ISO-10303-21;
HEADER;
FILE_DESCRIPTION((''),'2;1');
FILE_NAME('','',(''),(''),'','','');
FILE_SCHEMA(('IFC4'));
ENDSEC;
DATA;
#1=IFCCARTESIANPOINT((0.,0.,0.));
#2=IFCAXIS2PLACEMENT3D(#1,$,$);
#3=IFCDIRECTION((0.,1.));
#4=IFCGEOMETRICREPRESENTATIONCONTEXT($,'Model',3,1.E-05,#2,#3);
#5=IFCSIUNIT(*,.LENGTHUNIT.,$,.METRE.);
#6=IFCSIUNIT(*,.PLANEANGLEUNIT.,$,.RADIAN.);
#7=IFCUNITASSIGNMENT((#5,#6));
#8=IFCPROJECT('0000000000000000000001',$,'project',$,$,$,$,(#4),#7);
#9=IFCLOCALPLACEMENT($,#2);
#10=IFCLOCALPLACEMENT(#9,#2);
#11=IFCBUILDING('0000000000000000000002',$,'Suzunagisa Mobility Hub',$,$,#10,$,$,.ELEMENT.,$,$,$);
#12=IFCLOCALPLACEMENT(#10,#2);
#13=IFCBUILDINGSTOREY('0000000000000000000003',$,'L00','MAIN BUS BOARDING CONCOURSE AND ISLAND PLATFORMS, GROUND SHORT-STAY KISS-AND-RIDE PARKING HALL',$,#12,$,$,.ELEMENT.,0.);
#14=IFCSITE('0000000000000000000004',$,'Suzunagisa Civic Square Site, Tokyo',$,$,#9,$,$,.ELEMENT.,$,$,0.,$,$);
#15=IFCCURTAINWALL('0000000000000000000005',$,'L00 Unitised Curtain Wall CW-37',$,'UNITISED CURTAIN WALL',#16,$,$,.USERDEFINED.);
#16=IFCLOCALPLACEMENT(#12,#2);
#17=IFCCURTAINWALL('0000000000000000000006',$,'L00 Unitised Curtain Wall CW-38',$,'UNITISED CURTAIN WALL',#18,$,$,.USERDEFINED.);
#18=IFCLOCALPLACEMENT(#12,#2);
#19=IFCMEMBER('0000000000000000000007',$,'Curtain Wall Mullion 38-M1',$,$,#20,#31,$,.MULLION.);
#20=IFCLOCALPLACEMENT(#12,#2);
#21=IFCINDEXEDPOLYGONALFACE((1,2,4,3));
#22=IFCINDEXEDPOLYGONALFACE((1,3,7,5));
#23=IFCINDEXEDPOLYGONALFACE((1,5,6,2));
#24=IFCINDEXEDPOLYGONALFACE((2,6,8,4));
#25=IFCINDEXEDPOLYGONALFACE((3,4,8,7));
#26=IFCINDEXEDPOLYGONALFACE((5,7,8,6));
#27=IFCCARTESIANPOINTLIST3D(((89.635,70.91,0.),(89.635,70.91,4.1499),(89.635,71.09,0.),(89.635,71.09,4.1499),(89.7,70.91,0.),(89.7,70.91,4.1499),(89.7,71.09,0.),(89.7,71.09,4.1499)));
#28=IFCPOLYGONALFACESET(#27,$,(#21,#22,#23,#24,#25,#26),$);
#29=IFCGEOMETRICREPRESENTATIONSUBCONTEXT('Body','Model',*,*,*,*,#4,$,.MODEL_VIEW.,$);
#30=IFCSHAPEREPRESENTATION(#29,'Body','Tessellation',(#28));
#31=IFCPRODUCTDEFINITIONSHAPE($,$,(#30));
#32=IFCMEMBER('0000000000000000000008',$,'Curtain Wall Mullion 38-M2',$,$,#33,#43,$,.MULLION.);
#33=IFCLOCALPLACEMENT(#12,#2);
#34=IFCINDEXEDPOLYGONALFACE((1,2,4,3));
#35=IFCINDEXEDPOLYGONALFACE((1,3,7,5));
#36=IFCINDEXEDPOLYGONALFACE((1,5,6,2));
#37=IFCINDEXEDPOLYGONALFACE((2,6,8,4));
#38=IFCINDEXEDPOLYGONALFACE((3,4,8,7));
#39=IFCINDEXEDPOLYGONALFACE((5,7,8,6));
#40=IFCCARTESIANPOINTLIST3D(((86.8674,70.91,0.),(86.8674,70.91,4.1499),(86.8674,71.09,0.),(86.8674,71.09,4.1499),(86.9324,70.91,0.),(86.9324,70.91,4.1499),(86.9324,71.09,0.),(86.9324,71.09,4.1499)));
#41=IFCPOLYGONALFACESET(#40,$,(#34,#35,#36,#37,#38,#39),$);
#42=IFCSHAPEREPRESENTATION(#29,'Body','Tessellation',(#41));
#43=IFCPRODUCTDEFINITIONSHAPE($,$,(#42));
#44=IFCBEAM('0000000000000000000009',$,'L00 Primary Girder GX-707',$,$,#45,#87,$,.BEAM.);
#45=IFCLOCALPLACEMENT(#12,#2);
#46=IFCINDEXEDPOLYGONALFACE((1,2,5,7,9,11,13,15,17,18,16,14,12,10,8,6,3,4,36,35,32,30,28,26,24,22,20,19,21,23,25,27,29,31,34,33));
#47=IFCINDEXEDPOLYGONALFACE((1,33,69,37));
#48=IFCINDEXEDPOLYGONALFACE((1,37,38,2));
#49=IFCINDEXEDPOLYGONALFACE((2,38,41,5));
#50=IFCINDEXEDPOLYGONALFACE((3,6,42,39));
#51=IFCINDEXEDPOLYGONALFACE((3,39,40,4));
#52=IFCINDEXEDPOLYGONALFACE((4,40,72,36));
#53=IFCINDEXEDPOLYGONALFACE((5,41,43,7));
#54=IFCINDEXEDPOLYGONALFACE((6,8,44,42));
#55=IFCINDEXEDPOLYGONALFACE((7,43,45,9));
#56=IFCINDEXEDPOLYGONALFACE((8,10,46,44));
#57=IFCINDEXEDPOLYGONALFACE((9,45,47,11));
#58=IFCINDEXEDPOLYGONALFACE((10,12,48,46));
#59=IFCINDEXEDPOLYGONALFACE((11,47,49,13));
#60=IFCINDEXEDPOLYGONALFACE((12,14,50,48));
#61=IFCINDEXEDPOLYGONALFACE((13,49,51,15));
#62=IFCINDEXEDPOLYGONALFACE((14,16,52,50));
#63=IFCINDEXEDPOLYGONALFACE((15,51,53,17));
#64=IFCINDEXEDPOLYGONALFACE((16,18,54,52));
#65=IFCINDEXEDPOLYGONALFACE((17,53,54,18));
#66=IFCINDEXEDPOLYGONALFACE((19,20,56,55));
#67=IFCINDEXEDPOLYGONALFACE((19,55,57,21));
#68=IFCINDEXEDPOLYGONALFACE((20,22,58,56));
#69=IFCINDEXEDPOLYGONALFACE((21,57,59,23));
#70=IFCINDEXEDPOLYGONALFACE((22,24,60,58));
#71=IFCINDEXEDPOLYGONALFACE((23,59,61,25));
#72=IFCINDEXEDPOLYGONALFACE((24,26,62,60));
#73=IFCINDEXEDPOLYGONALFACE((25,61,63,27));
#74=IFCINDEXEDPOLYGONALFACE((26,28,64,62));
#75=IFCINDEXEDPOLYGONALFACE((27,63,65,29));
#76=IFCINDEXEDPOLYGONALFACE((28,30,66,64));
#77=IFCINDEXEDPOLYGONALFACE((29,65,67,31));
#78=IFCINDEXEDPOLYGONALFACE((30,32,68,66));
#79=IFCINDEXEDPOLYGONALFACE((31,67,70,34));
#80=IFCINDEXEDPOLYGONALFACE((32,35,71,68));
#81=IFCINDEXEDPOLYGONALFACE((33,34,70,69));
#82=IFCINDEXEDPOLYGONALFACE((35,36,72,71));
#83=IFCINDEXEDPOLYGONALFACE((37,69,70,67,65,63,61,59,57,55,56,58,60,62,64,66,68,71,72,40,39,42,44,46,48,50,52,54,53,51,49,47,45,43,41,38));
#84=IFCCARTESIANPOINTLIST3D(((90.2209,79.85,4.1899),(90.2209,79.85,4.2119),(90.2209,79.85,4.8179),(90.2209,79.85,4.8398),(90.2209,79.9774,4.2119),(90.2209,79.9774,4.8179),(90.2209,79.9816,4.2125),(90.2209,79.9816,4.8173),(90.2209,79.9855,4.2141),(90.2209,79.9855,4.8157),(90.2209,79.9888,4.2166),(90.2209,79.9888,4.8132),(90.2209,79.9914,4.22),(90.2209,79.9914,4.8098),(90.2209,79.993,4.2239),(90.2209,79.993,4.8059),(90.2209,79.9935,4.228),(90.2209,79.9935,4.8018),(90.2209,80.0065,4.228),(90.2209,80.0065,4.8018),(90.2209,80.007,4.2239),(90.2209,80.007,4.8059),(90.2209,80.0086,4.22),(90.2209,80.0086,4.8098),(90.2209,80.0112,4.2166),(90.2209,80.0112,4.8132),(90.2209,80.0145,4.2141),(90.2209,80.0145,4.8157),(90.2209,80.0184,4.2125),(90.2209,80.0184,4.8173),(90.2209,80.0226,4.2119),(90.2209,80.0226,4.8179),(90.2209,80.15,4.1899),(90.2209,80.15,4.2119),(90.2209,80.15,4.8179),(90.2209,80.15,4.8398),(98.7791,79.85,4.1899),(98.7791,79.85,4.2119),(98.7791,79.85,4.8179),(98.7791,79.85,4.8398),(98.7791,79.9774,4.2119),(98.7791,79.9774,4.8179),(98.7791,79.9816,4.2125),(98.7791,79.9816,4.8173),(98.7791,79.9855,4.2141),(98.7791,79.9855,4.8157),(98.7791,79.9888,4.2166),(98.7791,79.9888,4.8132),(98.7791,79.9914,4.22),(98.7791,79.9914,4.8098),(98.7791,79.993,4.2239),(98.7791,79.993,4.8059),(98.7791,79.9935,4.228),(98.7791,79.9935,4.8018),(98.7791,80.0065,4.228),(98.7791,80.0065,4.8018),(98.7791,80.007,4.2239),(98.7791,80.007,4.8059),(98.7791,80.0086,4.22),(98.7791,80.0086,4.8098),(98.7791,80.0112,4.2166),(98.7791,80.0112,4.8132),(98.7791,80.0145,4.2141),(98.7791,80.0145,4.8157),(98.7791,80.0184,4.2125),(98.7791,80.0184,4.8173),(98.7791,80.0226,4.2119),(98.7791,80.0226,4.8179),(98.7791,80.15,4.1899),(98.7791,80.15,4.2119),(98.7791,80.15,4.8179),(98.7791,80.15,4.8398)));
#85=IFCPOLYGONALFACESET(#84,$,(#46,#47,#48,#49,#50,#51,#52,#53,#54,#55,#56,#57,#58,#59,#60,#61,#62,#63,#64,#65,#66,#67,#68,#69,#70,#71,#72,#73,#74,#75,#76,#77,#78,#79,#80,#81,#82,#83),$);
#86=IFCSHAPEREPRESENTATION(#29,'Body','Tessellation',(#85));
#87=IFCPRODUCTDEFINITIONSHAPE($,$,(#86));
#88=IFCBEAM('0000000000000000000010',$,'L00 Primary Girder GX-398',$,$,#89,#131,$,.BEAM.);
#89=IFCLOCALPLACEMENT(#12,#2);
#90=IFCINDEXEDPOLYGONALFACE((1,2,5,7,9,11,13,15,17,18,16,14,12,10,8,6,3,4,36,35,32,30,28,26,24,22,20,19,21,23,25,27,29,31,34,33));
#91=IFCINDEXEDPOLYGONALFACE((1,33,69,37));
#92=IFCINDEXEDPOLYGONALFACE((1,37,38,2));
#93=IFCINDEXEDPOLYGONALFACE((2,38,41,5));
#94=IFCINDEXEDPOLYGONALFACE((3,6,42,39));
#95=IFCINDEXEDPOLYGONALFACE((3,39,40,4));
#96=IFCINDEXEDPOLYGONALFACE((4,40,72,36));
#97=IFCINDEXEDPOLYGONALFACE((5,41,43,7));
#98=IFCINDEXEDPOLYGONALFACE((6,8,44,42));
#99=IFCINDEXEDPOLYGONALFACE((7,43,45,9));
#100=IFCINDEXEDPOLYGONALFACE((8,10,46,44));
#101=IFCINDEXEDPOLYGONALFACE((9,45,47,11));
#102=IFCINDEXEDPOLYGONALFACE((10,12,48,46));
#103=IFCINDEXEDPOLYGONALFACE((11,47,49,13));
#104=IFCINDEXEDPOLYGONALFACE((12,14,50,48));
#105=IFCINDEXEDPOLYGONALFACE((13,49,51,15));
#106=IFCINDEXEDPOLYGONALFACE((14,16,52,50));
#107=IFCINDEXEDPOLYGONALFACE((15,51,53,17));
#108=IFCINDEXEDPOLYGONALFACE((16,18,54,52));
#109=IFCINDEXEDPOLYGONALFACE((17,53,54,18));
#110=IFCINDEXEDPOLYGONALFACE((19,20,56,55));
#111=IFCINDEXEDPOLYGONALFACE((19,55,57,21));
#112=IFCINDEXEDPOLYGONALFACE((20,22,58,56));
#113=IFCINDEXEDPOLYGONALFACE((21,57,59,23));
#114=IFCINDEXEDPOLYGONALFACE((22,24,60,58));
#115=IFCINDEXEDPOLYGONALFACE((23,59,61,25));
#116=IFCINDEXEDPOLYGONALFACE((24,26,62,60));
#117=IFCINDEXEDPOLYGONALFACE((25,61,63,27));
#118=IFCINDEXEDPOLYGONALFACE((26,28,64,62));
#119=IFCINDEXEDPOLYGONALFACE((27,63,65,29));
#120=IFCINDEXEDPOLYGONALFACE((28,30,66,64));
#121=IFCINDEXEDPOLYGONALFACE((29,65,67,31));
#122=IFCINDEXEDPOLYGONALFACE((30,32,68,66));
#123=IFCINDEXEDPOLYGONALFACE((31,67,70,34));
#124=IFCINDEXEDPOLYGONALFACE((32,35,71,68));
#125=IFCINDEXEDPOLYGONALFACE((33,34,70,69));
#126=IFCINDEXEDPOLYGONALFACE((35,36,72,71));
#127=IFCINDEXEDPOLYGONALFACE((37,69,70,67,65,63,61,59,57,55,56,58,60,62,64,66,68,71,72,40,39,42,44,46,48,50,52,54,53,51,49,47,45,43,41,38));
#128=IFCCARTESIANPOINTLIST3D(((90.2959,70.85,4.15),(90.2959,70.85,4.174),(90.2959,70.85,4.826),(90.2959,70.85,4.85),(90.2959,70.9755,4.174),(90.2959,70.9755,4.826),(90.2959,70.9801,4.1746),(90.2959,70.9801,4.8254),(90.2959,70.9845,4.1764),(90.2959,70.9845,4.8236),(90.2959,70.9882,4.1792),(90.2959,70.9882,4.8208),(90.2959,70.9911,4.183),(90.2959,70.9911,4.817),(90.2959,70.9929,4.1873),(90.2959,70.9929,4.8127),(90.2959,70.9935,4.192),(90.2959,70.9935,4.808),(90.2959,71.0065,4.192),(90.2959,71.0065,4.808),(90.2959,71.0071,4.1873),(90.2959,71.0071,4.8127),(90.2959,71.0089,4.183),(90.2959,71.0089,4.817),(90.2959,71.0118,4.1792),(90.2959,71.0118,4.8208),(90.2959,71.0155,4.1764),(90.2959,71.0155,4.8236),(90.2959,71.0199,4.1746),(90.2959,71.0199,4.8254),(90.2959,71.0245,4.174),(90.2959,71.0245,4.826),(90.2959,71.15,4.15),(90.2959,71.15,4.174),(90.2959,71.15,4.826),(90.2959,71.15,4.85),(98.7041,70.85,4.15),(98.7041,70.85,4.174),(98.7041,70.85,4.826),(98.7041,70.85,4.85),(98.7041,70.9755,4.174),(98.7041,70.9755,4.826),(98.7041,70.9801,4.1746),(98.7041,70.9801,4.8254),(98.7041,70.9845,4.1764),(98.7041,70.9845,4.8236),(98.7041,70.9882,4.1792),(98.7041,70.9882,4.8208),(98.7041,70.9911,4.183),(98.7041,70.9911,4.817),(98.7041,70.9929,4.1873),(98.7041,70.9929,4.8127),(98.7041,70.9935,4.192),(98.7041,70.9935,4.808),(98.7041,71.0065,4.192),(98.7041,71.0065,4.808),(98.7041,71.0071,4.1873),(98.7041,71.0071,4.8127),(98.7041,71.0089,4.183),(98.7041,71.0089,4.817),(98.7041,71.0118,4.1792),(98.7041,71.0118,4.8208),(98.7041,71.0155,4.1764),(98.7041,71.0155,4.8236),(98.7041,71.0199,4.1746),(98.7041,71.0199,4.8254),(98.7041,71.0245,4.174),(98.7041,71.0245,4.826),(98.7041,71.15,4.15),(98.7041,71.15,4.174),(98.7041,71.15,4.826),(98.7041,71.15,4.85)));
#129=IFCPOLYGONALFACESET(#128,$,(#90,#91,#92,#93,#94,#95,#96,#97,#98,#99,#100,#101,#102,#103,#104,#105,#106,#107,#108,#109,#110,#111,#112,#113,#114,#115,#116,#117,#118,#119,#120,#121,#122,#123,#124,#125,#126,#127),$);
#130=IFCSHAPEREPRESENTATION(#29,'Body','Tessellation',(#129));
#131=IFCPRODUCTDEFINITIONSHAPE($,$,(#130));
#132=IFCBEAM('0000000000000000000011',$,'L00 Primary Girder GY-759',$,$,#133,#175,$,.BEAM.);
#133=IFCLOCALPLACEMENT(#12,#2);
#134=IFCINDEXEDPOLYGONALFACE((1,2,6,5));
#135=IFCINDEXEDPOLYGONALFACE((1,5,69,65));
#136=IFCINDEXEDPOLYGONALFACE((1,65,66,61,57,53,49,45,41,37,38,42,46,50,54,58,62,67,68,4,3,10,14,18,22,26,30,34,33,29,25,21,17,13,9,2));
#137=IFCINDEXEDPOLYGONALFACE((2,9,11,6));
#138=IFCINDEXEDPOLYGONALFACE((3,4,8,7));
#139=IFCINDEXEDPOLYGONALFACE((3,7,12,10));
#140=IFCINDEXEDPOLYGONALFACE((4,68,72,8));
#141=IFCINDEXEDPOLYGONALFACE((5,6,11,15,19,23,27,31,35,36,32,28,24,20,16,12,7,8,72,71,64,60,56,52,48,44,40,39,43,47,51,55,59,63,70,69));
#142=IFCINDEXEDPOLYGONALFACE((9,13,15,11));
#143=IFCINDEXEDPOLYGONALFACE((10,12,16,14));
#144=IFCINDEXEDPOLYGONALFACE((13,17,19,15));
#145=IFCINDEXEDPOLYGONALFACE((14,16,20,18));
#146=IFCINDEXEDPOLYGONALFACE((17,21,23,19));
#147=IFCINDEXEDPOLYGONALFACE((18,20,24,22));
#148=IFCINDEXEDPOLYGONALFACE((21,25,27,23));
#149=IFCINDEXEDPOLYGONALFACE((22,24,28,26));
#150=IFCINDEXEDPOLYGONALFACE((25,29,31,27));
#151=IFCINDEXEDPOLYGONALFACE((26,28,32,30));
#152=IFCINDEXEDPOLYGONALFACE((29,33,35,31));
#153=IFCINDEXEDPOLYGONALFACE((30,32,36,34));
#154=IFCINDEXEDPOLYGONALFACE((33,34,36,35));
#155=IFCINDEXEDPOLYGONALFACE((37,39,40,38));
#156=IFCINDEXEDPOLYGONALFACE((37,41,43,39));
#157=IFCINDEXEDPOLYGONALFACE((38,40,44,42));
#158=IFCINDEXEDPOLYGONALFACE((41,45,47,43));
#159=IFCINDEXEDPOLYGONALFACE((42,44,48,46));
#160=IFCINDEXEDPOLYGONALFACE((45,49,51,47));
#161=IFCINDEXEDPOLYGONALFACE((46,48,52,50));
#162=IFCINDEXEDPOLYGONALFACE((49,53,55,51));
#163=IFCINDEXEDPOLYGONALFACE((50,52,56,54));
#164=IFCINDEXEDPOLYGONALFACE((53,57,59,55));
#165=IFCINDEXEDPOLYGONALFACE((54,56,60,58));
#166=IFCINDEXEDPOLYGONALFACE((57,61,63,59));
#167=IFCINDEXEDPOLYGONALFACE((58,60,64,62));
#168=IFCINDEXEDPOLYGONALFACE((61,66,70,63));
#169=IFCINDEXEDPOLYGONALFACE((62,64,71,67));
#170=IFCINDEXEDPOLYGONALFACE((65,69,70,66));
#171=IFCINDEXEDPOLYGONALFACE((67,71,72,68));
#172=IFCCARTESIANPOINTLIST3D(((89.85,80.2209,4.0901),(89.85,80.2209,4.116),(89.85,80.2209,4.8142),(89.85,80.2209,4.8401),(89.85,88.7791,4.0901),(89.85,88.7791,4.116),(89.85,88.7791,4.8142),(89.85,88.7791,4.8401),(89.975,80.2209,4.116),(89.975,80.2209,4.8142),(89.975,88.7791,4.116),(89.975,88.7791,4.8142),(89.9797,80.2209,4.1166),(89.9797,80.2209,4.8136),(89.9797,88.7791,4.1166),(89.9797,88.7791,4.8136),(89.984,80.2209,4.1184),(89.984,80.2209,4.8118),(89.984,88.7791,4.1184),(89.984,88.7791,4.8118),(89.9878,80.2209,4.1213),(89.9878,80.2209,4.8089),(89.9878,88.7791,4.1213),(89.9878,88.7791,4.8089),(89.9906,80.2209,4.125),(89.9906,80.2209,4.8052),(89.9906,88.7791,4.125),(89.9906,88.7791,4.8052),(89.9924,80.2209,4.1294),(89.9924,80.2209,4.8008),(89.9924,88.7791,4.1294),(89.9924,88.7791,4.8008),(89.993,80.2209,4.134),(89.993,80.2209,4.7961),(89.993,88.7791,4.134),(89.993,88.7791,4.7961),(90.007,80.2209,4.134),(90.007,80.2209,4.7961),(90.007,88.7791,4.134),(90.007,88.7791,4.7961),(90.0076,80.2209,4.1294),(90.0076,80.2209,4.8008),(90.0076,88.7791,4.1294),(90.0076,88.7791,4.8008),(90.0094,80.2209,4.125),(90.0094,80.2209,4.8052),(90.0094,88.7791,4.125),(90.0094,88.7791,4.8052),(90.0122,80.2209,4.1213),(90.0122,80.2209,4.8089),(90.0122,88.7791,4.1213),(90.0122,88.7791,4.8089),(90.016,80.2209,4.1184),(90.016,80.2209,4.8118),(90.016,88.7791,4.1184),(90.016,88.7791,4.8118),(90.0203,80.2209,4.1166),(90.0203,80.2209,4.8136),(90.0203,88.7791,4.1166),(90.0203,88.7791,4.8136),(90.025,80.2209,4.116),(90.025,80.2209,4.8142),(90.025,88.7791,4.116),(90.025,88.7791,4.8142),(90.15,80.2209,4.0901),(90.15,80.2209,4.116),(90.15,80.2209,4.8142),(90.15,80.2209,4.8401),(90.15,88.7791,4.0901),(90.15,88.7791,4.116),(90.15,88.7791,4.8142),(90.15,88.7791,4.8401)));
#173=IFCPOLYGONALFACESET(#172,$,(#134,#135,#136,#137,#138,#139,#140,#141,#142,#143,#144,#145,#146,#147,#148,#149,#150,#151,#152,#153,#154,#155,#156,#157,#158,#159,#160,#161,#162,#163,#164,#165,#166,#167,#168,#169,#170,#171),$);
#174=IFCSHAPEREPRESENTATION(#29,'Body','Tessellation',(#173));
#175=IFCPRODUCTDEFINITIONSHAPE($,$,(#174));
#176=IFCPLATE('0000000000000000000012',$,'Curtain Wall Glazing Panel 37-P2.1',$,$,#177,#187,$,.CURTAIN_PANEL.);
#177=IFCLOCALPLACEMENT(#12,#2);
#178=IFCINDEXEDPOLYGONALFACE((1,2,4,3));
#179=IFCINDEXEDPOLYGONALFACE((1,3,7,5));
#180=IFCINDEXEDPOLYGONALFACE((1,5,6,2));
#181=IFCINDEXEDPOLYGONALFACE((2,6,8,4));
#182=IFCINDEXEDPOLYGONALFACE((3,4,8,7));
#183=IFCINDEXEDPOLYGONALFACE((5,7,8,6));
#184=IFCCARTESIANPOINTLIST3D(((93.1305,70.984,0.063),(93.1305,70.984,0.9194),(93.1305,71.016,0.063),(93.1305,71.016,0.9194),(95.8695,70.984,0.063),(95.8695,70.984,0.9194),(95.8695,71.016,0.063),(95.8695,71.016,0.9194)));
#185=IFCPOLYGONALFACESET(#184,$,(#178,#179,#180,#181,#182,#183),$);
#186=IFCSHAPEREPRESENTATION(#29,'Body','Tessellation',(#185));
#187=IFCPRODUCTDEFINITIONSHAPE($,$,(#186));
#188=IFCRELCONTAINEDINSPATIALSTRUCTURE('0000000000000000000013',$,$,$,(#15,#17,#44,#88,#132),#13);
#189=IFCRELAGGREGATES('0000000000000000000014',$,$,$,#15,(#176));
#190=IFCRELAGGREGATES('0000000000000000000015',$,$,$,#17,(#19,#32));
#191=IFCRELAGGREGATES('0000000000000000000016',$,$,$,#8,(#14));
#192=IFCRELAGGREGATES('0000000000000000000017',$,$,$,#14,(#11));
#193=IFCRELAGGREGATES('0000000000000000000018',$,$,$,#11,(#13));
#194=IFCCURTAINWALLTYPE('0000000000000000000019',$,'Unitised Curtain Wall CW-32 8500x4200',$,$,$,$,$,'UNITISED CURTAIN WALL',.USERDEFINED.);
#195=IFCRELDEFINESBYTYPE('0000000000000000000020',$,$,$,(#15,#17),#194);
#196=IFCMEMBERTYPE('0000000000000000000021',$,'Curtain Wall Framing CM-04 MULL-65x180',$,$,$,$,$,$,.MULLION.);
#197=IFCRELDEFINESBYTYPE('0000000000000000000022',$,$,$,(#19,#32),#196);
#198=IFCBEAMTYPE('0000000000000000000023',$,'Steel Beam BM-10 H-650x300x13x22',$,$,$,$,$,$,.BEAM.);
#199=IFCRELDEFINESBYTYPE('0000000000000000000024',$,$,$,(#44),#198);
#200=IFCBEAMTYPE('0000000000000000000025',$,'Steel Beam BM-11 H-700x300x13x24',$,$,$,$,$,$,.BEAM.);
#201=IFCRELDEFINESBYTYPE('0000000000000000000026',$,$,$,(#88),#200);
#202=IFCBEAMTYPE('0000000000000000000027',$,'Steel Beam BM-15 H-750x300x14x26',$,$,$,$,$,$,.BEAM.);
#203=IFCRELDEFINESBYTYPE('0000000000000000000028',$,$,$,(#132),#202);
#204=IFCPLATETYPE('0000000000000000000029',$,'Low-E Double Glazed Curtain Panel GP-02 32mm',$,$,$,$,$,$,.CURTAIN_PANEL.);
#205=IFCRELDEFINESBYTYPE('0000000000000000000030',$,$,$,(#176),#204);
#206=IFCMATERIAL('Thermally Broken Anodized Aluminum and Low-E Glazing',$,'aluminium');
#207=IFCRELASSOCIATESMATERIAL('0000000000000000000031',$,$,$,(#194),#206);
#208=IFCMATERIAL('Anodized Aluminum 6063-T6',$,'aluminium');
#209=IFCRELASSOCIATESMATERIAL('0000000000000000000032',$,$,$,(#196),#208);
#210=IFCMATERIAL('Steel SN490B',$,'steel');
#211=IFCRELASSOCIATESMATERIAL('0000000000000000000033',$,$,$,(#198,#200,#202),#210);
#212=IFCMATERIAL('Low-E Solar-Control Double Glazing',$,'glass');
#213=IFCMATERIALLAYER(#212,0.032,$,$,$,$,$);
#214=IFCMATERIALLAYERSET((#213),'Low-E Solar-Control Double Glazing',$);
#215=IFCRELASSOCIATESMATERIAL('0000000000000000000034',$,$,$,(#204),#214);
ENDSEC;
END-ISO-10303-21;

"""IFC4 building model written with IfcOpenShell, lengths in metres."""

from ifc_helpers import new_model, si_unit, direction, frame, origin, origin_2d, place, context, subcontext, project, spatial, rectangle, i_section, extrude, material, layer, layer_set, material_profile, profile_set, type_object, element, aggregate, save


model = new_model("IFC4")

# Units and contexts
model_context = context("Model", 3, precision=1e-05, world=origin(), true_north=direction((0.0, 1.0)))
body_context = subcontext(model_context, "Body", "Model", "MODEL_VIEW")
ifc_project = project(units=[si_unit("LENGTHUNIT", "METRE"), si_unit("PLANEANGLEUNIT", "RADIAN")], contexts=[model_context])

# Site, building, storey
site_placement = place(None, origin())
site = spatial("IfcSite", under=ifc_project, at=site_placement, Name="Suzunagisa Civic Square Site, Tokyo", CompositionType="ELEMENT", RefElevation=0.0)
building_placement = place(site_placement, origin())
building = spatial("IfcBuilding", under=site, at=building_placement, Name="Suzunagisa Mobility Hub", CompositionType="ELEMENT")
storey_placement = place(building_placement, origin())
storey = spatial("IfcBuildingStorey", under=building, at=storey_placement, Name="L00", Description="MAIN BUS BOARDING CONCOURSE AND ISLAND PLATFORMS, GROUND SHORT-STAY KISS-AND-RIDE PARKING HALL", CompositionType="ELEMENT", Elevation=0.0)

# Shared definitions
ifc_material_1 = material(Name="Steel SN490B", Category="steel")

# Curtain walls
ifc_material_2 = material(Name="Thermally Broken Anodized Aluminum and Low-E Glazing", Category="aluminium")
curtain_wall_type = type_object("IfcCurtainWallType", Name="Unitised Curtain Wall CW-32 8500x4200", ElementType="UNITISED CURTAIN WALL", PredefinedType="USERDEFINED", material=ifc_material_2)
curtain_wall_1_placement = place(storey_placement, origin())
curtain_wall_1 = element("IfcCurtainWall", 1, at=curtain_wall_1_placement, inside=storey, type_object=curtain_wall_type, Name="L00 Unitised Curtain Wall CW-37", ObjectType="UNITISED CURTAIN WALL", PredefinedType="USERDEFINED")
ifc_material_3 = material(Name="Anodized Aluminum 6063-T6", Category="aluminium")
curtain_wall_2_placement = place(storey_placement, origin())
curtain_wall_2 = element("IfcCurtainWall", 2, at=curtain_wall_2_placement, inside=storey, type_object=curtain_wall_type, Name="L00 Unitised Curtain Wall CW-38", ObjectType="UNITISED CURTAIN WALL", PredefinedType="USERDEFINED")

# Members
ifc_material_profile_1 = material_profile(ifc_material_3, rectangle(XDim=0.0649, YDim=0.1799, at=origin_2d()), Name="MULL-65x180")
ifc_profile_set_1 = profile_set([ifc_material_profile_1], Name="Anodized Aluminum 6063-T6")
member_type_1 = type_object("IfcMemberType", Name="Curtain Wall Framing CM-04 MULL-65x180", PredefinedType="MULLION", material=ifc_profile_set_1)
member_1_placement = place(storey_placement, frame((89.6675, 71.0, 0.0), z_axis=(0.0, 0.0, 1.0), x_axis=(-1.0, 0.0, 0.0)))
member_1 = element("IfcMember", 3, at=member_1_placement, type_object=member_type_1, Name="Curtain Wall Mullion 38-M1", PredefinedType="MULLION", context=body_context, shape_type="SweptSolid", body=[
    extrude(rectangle(XDim=0.0649, YDim=0.1799, at=origin_2d()), origin(), (0.0, 0.0, 1.0), 4.1499),
])
member_2_placement = place(storey_placement, frame((86.8999, 71.0, 0.0), z_axis=(0.0, 0.0, 1.0), x_axis=(-1.0, 0.0, 0.0)))
member_2 = element("IfcMember", 4, at=member_2_placement, type_object=member_type_1, Name="Curtain Wall Mullion 38-M2", PredefinedType="MULLION", context=body_context, shape_type="SweptSolid", body=[
    extrude(rectangle(XDim=0.0649, YDim=0.1799, at=origin_2d()), origin(), (0.0, 0.0, 1.0), 4.1499),
])

# Beams
ifc_material_profile_2 = material_profile(ifc_material_1, i_section(OverallWidth=0.3, OverallDepth=0.6499, WebThickness=0.0129, FlangeThickness=0.022, FilletRadius=0.0161, at=origin_2d()), Name="H-650x300x13x22")
ifc_profile_set_2 = profile_set([ifc_material_profile_2], Name="Steel SN490B")
beam_type_1 = type_object("IfcBeamType", Name="Steel Beam BM-10 H-650x300x13x22", PredefinedType="BEAM", material=ifc_profile_set_2)
beam_1_placement = place(storey_placement, frame((90.2209, 80.0, 4.5149), z_axis=(1.0, 0.0, 0.0), x_axis=(0.0, 1.0, 0.0)))
element("IfcBeam", 5, at=beam_1_placement, inside=storey, type_object=beam_type_1, Name="L00 Primary Girder GX-707", PredefinedType="BEAM", context=body_context, shape_type="SweptSolid", body=[
    extrude(i_section(OverallWidth=0.3, OverallDepth=0.6499, WebThickness=0.0129, FlangeThickness=0.022, FilletRadius=0.0161, at=origin_2d()), origin(), (0.0, 0.0, 1.0), 8.5581),
])
ifc_material_profile_3 = material_profile(ifc_material_1, i_section(OverallWidth=0.3, OverallDepth=0.7, WebThickness=0.0129, FlangeThickness=0.0239, FilletRadius=0.0181, at=origin_2d()), Name="H-700x300x13x24")
ifc_profile_set_3 = profile_set([ifc_material_profile_3], Name="Steel SN490B")
beam_type_2 = type_object("IfcBeamType", Name="Steel Beam BM-11 H-700x300x13x24", PredefinedType="BEAM", material=ifc_profile_set_3)
beam_2_placement = place(storey_placement, frame((90.2959, 71.0, 4.5), z_axis=(1.0, 0.0, 0.0), x_axis=(0.0, 1.0, 0.0)))
element("IfcBeam", 6, at=beam_2_placement, inside=storey, type_object=beam_type_2, Name="L00 Primary Girder GX-398", PredefinedType="BEAM", context=body_context, shape_type="SweptSolid", body=[
    extrude(i_section(OverallWidth=0.3, OverallDepth=0.7, WebThickness=0.0129, FlangeThickness=0.0239, FilletRadius=0.0181, at=origin_2d()), origin(), (0.0, 0.0, 1.0), 8.4082),
])
ifc_material_profile_4 = material_profile(ifc_material_1, i_section(OverallWidth=0.3, OverallDepth=0.75, WebThickness=0.0139, FlangeThickness=0.0259, FilletRadius=0.0181, at=origin_2d()), Name="H-750x300x14x26")
ifc_profile_set_4 = profile_set([ifc_material_profile_4], Name="Steel SN490B")
beam_type_3 = type_object("IfcBeamType", Name="Steel Beam BM-15 H-750x300x14x26", PredefinedType="BEAM", material=ifc_profile_set_4)
beam_3_placement = place(storey_placement, frame((90.0, 80.2209, 4.4651), z_axis=(0.0, 1.0, 0.0), x_axis=(-1.0, 0.0, 0.0)))
element("IfcBeam", 7, at=beam_3_placement, inside=storey, type_object=beam_type_3, Name="L00 Primary Girder GY-759", PredefinedType="BEAM", context=body_context, shape_type="SweptSolid", body=[
    extrude(i_section(OverallWidth=0.3, OverallDepth=0.75, WebThickness=0.0139, FlangeThickness=0.0259, FilletRadius=0.0181, at=origin_2d()), origin(), (0.0, 0.0, 1.0), 8.5581),
])

# Plate
ifc_material_4 = material(Name="Low-E Solar-Control Double Glazing", Category="glass")
ifc_layer_1 = layer(ifc_material_4, 0.032)
ifc_layer_set_1 = layer_set([ifc_layer_1], Name="Low-E Solar-Control Double Glazing")
plate_type = type_object("IfcPlateType", Name="Low-E Double Glazed Curtain Panel GP-02 32mm", PredefinedType="CURTAIN_PANEL", material=ifc_layer_set_1)
plate_1_placement = place(storey_placement, frame((94.5, 71.0, 0.063), z_axis=(0.0, 0.0, 1.0), x_axis=(-1.0, 0.0, 0.0)))
plate_1 = element("IfcPlate", 8, at=plate_1_placement, type_object=plate_type, Name="Curtain Wall Glazing Panel 37-P2.1", PredefinedType="CURTAIN_PANEL", context=body_context, shape_type="SweptSolid", body=[
    extrude(rectangle(XDim=2.739, YDim=0.032, at=origin_2d()), origin(), (0.0, 0.0, 1.0), 0.8564),
])
aggregate(curtain_wall_1, [plate_1])
aggregate(curtain_wall_2, [member_1, member_2])

save(model, "model.ifc")
